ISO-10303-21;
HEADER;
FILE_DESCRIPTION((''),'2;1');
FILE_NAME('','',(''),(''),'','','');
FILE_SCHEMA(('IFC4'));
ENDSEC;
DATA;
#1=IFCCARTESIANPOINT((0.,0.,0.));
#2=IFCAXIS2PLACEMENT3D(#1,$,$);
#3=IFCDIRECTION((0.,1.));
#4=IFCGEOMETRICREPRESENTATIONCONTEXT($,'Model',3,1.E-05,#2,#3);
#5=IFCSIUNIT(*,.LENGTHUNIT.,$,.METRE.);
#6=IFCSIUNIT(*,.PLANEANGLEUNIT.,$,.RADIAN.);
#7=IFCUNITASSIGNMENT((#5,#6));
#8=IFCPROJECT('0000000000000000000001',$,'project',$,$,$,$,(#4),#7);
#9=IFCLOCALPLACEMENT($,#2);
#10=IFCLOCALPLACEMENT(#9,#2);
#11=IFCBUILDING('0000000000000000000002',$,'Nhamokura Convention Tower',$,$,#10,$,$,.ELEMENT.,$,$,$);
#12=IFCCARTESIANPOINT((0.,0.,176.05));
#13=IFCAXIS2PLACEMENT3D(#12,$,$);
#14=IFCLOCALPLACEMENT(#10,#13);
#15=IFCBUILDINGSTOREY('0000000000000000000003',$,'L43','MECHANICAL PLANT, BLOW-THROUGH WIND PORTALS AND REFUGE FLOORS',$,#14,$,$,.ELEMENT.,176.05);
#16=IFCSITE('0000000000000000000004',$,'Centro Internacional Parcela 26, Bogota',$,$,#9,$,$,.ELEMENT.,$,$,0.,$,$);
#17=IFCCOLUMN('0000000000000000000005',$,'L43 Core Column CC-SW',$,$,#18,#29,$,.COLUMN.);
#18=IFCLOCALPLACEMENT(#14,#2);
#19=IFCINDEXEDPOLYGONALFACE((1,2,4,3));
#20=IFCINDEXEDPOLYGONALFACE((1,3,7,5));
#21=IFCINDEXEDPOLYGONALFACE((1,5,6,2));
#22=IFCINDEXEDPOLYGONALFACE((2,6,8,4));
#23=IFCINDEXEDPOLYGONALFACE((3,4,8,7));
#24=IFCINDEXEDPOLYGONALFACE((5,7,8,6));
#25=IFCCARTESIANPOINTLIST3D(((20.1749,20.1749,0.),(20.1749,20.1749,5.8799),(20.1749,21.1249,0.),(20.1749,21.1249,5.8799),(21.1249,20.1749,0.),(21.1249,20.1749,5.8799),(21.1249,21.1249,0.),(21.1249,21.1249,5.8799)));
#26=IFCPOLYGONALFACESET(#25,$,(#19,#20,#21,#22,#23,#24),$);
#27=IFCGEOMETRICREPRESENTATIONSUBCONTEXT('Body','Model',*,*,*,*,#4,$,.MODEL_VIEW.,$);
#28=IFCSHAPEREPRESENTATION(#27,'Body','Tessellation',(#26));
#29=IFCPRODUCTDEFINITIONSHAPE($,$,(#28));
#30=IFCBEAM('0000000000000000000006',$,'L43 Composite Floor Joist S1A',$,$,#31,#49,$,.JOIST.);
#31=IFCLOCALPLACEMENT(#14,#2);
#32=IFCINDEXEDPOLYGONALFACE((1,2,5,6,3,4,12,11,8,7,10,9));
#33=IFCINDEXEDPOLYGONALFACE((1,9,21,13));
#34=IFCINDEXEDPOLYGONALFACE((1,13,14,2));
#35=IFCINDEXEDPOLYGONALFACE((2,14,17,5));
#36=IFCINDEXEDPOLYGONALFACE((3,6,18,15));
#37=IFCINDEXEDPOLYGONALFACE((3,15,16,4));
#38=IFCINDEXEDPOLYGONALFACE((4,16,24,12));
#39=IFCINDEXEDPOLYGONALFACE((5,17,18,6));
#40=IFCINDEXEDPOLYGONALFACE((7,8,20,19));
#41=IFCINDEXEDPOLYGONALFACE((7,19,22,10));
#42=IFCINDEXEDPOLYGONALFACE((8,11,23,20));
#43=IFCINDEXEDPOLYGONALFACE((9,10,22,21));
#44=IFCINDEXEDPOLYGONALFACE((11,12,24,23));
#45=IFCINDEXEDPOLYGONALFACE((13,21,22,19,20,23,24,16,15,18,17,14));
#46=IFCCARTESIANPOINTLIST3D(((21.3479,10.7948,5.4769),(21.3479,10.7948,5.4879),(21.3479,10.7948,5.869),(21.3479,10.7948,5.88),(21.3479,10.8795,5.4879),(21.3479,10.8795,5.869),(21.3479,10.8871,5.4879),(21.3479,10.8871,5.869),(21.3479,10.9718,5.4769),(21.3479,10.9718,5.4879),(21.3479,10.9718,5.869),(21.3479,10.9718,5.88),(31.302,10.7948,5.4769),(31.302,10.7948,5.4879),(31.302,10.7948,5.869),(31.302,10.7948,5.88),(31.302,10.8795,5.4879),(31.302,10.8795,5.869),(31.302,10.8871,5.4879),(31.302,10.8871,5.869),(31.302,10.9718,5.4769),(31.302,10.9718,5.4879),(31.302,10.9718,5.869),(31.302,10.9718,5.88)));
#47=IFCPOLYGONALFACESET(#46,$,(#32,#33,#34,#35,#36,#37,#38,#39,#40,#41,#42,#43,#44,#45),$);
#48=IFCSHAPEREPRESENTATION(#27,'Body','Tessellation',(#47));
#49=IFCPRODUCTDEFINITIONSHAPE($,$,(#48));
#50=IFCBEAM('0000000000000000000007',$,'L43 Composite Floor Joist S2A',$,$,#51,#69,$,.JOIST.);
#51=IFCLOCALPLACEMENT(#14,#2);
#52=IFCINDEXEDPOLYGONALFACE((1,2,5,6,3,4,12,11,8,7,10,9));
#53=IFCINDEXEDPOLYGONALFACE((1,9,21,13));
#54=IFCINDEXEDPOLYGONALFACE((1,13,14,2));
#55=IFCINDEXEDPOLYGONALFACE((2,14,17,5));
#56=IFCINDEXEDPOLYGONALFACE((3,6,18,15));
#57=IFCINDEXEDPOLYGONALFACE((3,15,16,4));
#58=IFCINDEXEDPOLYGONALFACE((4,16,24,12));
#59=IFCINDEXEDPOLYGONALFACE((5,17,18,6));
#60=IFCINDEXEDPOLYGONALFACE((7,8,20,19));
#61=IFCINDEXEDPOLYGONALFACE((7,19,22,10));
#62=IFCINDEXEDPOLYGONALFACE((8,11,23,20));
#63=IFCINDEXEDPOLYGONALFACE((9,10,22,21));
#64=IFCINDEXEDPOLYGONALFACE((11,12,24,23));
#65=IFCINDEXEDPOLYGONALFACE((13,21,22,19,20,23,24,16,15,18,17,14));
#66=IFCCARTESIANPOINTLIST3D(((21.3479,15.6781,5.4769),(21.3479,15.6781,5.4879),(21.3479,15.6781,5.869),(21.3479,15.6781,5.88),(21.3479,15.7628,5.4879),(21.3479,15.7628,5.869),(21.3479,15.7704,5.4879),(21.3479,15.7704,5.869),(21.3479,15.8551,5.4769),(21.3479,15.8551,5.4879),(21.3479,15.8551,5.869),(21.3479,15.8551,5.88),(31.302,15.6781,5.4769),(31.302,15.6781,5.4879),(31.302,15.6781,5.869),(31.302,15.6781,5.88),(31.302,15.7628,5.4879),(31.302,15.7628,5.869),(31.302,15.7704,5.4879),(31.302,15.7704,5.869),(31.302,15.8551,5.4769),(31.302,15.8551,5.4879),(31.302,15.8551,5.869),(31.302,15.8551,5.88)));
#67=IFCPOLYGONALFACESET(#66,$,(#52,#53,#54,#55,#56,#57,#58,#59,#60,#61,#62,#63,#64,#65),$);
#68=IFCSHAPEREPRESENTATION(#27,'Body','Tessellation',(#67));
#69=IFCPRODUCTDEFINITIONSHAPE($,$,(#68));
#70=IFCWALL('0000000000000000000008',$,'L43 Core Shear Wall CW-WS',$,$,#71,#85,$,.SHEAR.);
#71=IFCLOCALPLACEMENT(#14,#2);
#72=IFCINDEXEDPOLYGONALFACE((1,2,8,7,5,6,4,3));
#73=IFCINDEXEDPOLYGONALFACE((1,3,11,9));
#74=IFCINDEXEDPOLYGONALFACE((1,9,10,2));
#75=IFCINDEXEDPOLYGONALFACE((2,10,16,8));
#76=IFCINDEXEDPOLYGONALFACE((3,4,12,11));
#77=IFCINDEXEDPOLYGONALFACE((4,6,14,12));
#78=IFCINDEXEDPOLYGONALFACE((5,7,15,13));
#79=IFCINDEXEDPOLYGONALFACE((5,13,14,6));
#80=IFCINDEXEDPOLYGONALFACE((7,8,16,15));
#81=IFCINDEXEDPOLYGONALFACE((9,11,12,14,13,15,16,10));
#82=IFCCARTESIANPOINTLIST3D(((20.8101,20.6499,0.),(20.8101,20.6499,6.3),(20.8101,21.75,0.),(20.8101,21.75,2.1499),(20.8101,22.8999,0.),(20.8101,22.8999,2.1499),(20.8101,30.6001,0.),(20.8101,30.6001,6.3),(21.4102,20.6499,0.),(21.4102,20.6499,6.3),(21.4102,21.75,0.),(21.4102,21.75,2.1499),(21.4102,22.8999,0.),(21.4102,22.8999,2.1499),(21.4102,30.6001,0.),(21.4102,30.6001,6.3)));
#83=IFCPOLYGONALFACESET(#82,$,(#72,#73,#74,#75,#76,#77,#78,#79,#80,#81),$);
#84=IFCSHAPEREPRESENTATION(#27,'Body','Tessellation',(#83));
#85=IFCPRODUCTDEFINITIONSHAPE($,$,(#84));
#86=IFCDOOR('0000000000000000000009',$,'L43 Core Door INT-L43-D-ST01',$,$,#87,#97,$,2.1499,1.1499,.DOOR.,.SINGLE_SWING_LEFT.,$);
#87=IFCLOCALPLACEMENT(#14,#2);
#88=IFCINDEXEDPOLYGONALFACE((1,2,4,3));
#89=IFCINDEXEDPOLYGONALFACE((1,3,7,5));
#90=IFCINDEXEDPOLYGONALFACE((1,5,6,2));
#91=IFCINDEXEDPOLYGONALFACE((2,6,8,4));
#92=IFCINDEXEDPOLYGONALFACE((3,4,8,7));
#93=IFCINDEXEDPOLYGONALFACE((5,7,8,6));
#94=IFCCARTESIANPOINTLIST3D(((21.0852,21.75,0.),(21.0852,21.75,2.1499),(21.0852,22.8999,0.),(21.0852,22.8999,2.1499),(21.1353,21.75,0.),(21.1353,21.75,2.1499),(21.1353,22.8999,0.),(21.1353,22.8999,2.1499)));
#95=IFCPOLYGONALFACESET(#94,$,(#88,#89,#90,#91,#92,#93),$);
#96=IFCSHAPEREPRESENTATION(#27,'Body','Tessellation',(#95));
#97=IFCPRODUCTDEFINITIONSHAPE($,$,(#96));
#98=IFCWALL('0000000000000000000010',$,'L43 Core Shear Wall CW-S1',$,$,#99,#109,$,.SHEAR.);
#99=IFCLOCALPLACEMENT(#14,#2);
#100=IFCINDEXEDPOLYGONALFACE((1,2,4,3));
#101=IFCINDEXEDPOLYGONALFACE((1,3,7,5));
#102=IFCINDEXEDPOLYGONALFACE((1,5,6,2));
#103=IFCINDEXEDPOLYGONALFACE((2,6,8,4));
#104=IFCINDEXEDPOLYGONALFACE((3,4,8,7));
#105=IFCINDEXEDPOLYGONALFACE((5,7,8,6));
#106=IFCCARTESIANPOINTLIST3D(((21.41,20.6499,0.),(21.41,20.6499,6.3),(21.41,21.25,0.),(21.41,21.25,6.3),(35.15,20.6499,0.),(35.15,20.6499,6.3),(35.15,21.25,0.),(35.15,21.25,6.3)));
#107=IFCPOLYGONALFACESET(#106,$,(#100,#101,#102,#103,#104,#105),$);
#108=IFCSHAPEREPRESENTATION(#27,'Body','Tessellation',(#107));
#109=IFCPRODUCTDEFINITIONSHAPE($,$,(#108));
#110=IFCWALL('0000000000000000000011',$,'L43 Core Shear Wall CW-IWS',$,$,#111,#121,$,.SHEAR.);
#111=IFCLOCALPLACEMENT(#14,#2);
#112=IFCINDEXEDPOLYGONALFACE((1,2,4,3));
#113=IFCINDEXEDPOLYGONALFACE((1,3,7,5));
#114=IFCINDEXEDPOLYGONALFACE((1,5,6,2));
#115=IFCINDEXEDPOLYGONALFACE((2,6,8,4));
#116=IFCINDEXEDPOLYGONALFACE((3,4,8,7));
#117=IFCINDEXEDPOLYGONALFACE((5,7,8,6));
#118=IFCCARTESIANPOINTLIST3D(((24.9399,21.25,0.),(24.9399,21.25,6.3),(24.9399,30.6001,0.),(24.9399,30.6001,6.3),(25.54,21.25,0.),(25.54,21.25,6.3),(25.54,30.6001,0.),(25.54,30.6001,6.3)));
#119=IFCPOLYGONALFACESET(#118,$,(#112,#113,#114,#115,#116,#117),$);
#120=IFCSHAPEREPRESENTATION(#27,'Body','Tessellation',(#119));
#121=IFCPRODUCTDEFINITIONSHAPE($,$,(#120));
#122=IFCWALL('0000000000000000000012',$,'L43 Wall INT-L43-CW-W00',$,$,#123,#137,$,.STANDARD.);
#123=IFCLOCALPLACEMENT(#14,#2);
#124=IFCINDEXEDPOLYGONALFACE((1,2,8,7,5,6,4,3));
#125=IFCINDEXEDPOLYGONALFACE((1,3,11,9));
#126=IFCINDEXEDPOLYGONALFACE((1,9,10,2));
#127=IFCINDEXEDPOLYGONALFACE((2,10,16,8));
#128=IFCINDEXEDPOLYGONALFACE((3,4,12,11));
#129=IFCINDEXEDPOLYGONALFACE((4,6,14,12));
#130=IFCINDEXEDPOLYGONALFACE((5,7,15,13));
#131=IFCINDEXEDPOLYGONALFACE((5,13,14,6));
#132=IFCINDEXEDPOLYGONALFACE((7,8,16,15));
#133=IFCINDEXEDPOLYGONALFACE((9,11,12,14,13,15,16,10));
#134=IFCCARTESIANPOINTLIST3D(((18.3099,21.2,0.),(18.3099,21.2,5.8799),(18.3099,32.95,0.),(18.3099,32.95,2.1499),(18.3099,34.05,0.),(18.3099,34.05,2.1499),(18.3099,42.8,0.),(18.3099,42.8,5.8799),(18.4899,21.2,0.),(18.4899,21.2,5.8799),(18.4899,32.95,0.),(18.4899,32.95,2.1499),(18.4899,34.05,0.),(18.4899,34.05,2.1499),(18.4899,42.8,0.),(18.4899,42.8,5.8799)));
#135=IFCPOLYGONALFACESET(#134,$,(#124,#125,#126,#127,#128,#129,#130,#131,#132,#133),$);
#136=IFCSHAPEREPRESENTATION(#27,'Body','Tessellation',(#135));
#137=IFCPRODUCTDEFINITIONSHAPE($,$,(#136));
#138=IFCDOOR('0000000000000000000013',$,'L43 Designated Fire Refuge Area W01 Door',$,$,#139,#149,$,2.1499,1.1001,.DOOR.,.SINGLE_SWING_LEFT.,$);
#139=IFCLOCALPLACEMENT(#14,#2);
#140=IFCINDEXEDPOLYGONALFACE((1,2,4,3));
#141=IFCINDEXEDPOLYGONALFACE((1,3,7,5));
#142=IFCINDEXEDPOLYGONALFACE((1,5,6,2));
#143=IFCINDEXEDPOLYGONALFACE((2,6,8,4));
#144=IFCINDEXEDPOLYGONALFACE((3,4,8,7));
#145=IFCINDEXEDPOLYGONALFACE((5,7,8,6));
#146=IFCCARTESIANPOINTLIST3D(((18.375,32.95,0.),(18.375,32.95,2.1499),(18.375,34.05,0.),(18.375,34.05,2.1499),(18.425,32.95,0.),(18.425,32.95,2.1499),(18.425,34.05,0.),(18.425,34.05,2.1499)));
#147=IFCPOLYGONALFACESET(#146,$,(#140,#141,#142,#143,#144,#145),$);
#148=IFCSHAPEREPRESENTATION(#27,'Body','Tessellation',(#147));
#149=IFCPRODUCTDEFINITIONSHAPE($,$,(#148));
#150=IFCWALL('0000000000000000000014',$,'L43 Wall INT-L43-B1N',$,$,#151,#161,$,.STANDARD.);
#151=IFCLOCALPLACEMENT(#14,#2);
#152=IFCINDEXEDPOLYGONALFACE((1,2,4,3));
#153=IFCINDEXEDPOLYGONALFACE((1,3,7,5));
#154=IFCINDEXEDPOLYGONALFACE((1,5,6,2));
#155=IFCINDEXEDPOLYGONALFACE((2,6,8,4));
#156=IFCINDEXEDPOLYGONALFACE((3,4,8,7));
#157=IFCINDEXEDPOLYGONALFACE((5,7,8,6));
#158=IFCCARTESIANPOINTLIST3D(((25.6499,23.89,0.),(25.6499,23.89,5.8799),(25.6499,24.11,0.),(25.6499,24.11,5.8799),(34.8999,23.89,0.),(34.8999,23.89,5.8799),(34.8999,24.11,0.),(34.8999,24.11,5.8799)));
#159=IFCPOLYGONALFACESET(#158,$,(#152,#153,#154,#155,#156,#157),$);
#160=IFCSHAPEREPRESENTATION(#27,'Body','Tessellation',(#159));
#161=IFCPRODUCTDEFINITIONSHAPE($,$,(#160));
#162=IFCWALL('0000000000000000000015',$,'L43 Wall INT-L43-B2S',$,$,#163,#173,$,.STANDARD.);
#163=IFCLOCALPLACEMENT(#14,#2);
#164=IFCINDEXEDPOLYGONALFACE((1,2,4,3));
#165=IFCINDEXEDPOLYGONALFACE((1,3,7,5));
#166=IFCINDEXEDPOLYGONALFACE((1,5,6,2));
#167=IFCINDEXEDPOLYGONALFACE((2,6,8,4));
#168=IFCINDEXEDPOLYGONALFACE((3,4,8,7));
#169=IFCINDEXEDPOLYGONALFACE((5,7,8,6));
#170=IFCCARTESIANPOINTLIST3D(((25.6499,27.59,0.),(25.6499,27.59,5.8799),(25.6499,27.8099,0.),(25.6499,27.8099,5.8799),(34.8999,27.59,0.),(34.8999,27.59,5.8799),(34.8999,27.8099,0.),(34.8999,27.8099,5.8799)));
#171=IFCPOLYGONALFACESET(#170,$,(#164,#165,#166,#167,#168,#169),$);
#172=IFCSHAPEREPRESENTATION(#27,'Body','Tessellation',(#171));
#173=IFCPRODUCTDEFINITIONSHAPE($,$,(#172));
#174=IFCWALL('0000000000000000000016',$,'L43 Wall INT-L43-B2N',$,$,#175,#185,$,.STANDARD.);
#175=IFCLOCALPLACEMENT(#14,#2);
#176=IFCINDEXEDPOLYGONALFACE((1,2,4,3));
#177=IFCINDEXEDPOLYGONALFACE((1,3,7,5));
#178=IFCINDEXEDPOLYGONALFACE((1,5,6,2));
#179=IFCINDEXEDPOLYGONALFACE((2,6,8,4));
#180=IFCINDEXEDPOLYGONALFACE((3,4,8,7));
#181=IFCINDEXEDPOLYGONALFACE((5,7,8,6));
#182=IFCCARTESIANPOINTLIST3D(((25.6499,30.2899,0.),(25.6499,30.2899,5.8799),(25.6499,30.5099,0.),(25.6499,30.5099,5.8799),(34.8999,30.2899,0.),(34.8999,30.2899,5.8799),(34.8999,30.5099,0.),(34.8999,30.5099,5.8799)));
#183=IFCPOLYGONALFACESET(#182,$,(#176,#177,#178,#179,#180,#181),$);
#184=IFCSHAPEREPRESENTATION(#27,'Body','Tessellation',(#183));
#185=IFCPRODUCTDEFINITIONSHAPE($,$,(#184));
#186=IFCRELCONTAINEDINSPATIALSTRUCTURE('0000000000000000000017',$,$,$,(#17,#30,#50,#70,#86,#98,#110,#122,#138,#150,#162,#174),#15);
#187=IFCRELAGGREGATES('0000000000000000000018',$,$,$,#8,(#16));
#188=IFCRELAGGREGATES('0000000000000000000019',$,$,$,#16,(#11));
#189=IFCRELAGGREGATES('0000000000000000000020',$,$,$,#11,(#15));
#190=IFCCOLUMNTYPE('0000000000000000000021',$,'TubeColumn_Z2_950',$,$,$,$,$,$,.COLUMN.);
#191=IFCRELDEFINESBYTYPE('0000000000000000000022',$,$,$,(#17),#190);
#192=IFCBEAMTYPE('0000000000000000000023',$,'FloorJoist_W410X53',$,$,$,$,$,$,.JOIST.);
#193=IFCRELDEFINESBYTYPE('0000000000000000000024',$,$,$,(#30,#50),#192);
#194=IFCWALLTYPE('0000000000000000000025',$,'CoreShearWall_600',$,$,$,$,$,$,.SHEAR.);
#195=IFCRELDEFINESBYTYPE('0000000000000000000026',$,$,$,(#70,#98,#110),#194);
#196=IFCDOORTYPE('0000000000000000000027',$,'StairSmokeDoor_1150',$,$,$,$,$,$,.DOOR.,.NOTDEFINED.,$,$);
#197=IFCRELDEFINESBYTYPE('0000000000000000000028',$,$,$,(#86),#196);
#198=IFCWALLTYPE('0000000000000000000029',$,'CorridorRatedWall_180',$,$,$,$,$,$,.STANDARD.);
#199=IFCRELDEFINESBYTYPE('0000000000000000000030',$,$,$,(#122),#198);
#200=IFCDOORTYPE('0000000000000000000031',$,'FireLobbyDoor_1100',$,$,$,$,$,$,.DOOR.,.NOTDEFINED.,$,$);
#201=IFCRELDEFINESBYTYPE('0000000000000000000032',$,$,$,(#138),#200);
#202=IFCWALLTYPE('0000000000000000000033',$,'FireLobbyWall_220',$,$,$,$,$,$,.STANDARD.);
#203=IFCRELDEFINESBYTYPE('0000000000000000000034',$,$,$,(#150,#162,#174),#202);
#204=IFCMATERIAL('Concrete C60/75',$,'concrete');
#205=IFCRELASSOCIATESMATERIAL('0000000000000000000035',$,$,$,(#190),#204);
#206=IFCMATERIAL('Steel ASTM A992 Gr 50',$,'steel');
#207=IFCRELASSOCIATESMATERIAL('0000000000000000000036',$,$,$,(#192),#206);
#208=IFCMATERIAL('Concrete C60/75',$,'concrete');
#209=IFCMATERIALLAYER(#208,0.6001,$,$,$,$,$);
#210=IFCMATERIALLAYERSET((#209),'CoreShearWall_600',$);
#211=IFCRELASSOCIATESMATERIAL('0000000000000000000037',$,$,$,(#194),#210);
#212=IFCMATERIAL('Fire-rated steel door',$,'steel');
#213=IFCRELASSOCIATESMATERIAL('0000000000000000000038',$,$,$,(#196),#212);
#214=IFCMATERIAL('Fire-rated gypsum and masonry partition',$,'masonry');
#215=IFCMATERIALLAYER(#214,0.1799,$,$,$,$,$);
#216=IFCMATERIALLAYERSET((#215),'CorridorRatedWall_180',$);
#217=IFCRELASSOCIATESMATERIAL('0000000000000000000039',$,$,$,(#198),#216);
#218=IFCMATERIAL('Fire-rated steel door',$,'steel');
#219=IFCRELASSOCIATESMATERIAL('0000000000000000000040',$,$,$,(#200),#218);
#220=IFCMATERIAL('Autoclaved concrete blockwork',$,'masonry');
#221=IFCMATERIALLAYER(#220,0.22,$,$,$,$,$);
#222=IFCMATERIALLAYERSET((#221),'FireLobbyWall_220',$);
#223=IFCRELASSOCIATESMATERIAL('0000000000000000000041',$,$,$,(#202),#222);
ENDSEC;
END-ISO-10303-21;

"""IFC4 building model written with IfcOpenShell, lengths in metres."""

from ifc_helpers import new_model, si_unit, direction, frame, frame_2d, origin, origin_2d, place, context, subcontext, project, spatial, rectangle, i_section, extrude, material, layer, layer_set, material_profile, profile_set, type_object, element, fill, save


model = new_model("IFC4")

# Units and contexts
model_context = context("Model", 3, precision=1e-05, world=origin(), true_north=direction((0.0, 1.0)))
body_context = subcontext(model_context, "Body", "Model", "MODEL_VIEW")
ifc_project = project(units=[si_unit("LENGTHUNIT", "METRE"), si_unit("PLANEANGLEUNIT", "RADIAN")], contexts=[model_context])

# Site, building, storey
site_placement = place(None, origin())
site = spatial("IfcSite", under=ifc_project, at=site_placement, Name="Centro Internacional Parcela 26, Bogota", CompositionType="ELEMENT", RefElevation=0.0)
building_placement = place(site_placement, origin())
building = spatial("IfcBuilding", under=site, at=building_placement, Name="Nhamokura Convention Tower", CompositionType="ELEMENT")
storey_placement = place(building_placement, frame((0.0, 0.0, 176.05)))
storey = spatial("IfcBuildingStorey", under=building, at=storey_placement, Name="L43", Description="MECHANICAL PLANT, BLOW-THROUGH WIND PORTALS AND REFUGE FLOORS", CompositionType="ELEMENT", Elevation=176.05)

# Column
ifc_material_1 = material(Name="Concrete C60/75", Category="concrete")
ifc_material_profile_1 = material_profile(ifc_material_1, rectangle(XDim=0.95, YDim=0.95, at=origin_2d()))
ifc_profile_set_1 = profile_set([ifc_material_profile_1], Name="Concrete C60/75")
column_type = type_object("IfcColumnType", Name="TubeColumn_Z2_950", PredefinedType="COLUMN", material=ifc_profile_set_1)
column_placement = place(storey_placement, frame((20.6499, 20.6499, 0.0), z_axis=(0.0, 0.0, 1.0), x_axis=(1.0, 0.0, 0.0)))
element("IfcColumn", 1, at=column_placement, inside=storey, type_object=column_type, Name="L43 Core Column CC-SW", PredefinedType="COLUMN", context=body_context, shape_type="SweptSolid", body=[
    extrude(rectangle(XDim=0.95, YDim=0.95, at=origin_2d()), origin(), (0.0, 0.0, 1.0), 5.8799),
])

# Beams
ifc_material_2 = material(Name="Steel ASTM A992 Gr 50", Category="steel")
ifc_material_profile_2 = material_profile(ifc_material_2, i_section(OverallWidth=0.177, OverallDepth=0.4031, WebThickness=0.0076, FlangeThickness=0.011, at=origin_2d()))
ifc_profile_set_2 = profile_set([ifc_material_profile_2], Name="Steel ASTM A992 Gr 50")
beam_type = type_object("IfcBeamType", Name="FloorJoist_W410X53", PredefinedType="JOIST", material=ifc_profile_set_2)
for number, where, z_axis, x_axis, name in (
    (2, (21.3479, 10.8833, 5.6785), (1.0, 0.0, 0.0), (0.0, 1.0, 0.0), "L43 Composite Floor Joist S1A"),
    (3, (21.3479, 15.7666, 5.6785), (1.0, 0.0, 0.0), (0.0, 1.0, 0.0), "L43 Composite Floor Joist S2A"),
):
    element("IfcBeam", number, at=place(storey_placement, frame(where, z_axis=z_axis, x_axis=x_axis)), inside=storey, type_object=beam_type, Name=name, PredefinedType="JOIST", context=body_context, shape_type="SweptSolid", body=[
        extrude(i_section(OverallWidth=0.177, OverallDepth=0.4031, WebThickness=0.0076, FlangeThickness=0.011, at=origin_2d()), origin(), (0.0, 0.0, 1.0), 9.9541),
    ])

# Wall, opening, door
ifc_material_3 = material(Name="Concrete C60/75", Category="concrete")
ifc_layer_1 = layer(ifc_material_3, 0.6001)
ifc_layer_set_1 = layer_set([ifc_layer_1], Name="CoreShearWall_600")
wall_type_1 = type_object("IfcWallType", Name="CoreShearWall_600", PredefinedType="SHEAR", material=ifc_layer_set_1)
wall_1_placement = place(storey_placement, frame((21.1101, 20.6499, 0.0), z_axis=(0.0, 0.0, 1.0), x_axis=(0.0, 1.0, 0.0)))
wall_1 = element("IfcWall", 4, at=wall_1_placement, inside=storey, type_object=wall_type_1, Name="L43 Core Shear Wall CW-WS", PredefinedType="SHEAR", context=body_context, shape_type="SweptSolid", body=[
    extrude(rectangle(XDim=9.9502, YDim=0.6001, at=frame_2d((4.9751, 0.0))), origin(), (0.0, 0.0, 1.0), 6.3),
])
opening_1_placement = place(wall_1_placement, frame((1.1001, 0.0, 0.0)))
opening_1 = element("IfcOpeningElement", 5, at=opening_1_placement, cuts=wall_1, PredefinedType="OPENING", context=body_context, shape_type="SweptSolid", body=[
    extrude(rectangle(XDim=1.1499, YDim=2.1499, at=frame_2d((0.575, 1.075))), frame((0.0, 0.3101, 0.0), z_axis=(0.0, -1.0, 0.0), x_axis=(1.0, 0.0, 0.0)), (0.0, 0.0, 1.0), 0.6201),
])
ifc_material_4 = material(Name="Fire-rated steel door", Category="steel")
door_type_1 = type_object("IfcDoorType", Name="StairSmokeDoor_1150", OperationType="NOTDEFINED", PredefinedType="DOOR", material=ifc_material_4)
door_1_placement = place(opening_1_placement, origin())
door_1 = element("IfcDoor", 6, at=door_1_placement, inside=storey, type_object=door_type_1, Name="L43 Core Door INT-L43-D-ST01", OperationType="SINGLE_SWING_LEFT", OverallHeight=2.1499, OverallWidth=1.1499, PredefinedType="DOOR", context=body_context, shape_type="SweptSolid", body=[
    extrude(rectangle(XDim=1.1499, YDim=2.1499, at=frame_2d((0.575, 1.075))), frame((0.0, 0.0249, 0.0), z_axis=(0.0, -1.0, 0.0), x_axis=(1.0, 0.0, 0.0)), (0.0, 0.0, 1.0), 0.05),
])
fill(opening_1, door_1)

# Walls
wall_2_placement = place(storey_placement, frame((21.4099, 20.95, 0.0), z_axis=(0.0, 0.0, 1.0), x_axis=(1.0, 0.0, 0.0)))
element("IfcWall", 7, at=wall_2_placement, inside=storey, type_object=wall_type_1, Name="L43 Core Shear Wall CW-S1", PredefinedType="SHEAR", context=body_context, shape_type="SweptSolid", body=[
    extrude(rectangle(XDim=13.74, YDim=0.6001, at=frame_2d((6.8701, 0.0))), origin(), (0.0, 0.0, 1.0), 6.3),
])
wall_3_placement = place(storey_placement, frame((25.24, 21.25, 0.0), z_axis=(0.0, 0.0, 1.0), x_axis=(0.0, 1.0, 0.0)))
element("IfcWall", 8, at=wall_3_placement, inside=storey, type_object=wall_type_1, Name="L43 Core Shear Wall CW-IWS", PredefinedType="SHEAR", context=body_context, shape_type="SweptSolid", body=[
    extrude(rectangle(XDim=9.3501, YDim=0.6001, at=frame_2d((4.675, 0.0))), origin(), (0.0, 0.0, 1.0), 6.3),
])

# Wall, opening, door
ifc_material_5 = material(Name="Fire-rated gypsum and masonry partition", Category="masonry")
ifc_layer_2 = layer(ifc_material_5, 0.1799)
ifc_layer_set_2 = layer_set([ifc_layer_2], Name="CorridorRatedWall_180")
wall_type_2 = type_object("IfcWallType", Name="CorridorRatedWall_180", PredefinedType="STANDARD", material=ifc_layer_set_2)
wall_4_placement = place(storey_placement, frame((18.3999, 21.2, 0.0), z_axis=(0.0, 0.0, 1.0), x_axis=(0.0, 1.0, 0.0)))
wall_4 = element("IfcWall", 9, at=wall_4_placement, inside=storey, type_object=wall_type_2, Name="L43 Wall INT-L43-CW-W00", PredefinedType="STANDARD", context=body_context, shape_type="SweptSolid", body=[
    extrude(rectangle(XDim=21.6001, YDim=0.1799, at=frame_2d((10.8, 0.0))), origin(), (0.0, 0.0, 1.0), 5.8799),
])
opening_2_placement = place(wall_4_placement, frame((11.75, 0.0, 0.0)))
opening_2 = element("IfcOpeningElement", 10, at=opening_2_placement, cuts=wall_4, PredefinedType="OPENING", context=body_context, shape_type="SweptSolid", body=[
    extrude(rectangle(XDim=1.1001, YDim=2.1499, at=frame_2d((0.55, 1.075))), frame((0.0, 0.0999, 0.0), z_axis=(0.0, -1.0, 0.0), x_axis=(1.0, 0.0, 0.0)), (0.0, 0.0, 1.0), 0.2),
])
ifc_material_6 = material(Name="Fire-rated steel door", Category="steel")
door_type_2 = type_object("IfcDoorType", Name="FireLobbyDoor_1100", OperationType="NOTDEFINED", PredefinedType="DOOR", material=ifc_material_6)
door_2_placement = place(opening_2_placement, origin())
door_2 = element("IfcDoor", 11, at=door_2_placement, inside=storey, type_object=door_type_2, Name="L43 Designated Fire Refuge Area W01 Door", OperationType="SINGLE_SWING_LEFT", OverallHeight=2.1499, OverallWidth=1.1001, PredefinedType="DOOR", context=body_context, shape_type="SweptSolid", body=[
    extrude(rectangle(XDim=1.1001, YDim=2.1499, at=frame_2d((0.55, 1.075))), frame((0.0, 0.0249, 0.0), z_axis=(0.0, -1.0, 0.0), x_axis=(1.0, 0.0, 0.0)), (0.0, 0.0, 1.0), 0.05),
])
fill(opening_2, door_2)

# Walls
ifc_material_7 = material(Name="Autoclaved concrete blockwork", Category="masonry")
ifc_layer_3 = layer(ifc_material_7, 0.22)
ifc_layer_set_3 = layer_set([ifc_layer_3], Name="FireLobbyWall_220")
wall_type_3 = type_object("IfcWallType", Name="FireLobbyWall_220", PredefinedType="STANDARD", material=ifc_layer_set_3)
for number, where, z_axis, x_axis, name in (
    (12, (25.6499, 24.0, 0.0), (0.0, 0.0, 1.0), (1.0, 0.0, 0.0), "L43 Wall INT-L43-B1N"),
    (13, (25.6499, 27.7, 0.0), (0.0, 0.0, 1.0), (1.0, 0.0, 0.0), "L43 Wall INT-L43-B2S"),
    (14, (25.6499, 30.3999, 0.0), (0.0, 0.0, 1.0), (1.0, 0.0, 0.0), "L43 Wall INT-L43-B2N"),
):
    element("IfcWall", number, at=place(storey_placement, frame(where, z_axis=z_axis, x_axis=x_axis)), inside=storey, type_object=wall_type_3, Name=name, PredefinedType="STANDARD", context=body_context, shape_type="SweptSolid", body=[
        extrude(rectangle(XDim=9.25, YDim=0.22, at=frame_2d((4.625, 0.0))), origin(), (0.0, 0.0, 1.0), 5.8799),
    ])

save(model, "model.ifc")
